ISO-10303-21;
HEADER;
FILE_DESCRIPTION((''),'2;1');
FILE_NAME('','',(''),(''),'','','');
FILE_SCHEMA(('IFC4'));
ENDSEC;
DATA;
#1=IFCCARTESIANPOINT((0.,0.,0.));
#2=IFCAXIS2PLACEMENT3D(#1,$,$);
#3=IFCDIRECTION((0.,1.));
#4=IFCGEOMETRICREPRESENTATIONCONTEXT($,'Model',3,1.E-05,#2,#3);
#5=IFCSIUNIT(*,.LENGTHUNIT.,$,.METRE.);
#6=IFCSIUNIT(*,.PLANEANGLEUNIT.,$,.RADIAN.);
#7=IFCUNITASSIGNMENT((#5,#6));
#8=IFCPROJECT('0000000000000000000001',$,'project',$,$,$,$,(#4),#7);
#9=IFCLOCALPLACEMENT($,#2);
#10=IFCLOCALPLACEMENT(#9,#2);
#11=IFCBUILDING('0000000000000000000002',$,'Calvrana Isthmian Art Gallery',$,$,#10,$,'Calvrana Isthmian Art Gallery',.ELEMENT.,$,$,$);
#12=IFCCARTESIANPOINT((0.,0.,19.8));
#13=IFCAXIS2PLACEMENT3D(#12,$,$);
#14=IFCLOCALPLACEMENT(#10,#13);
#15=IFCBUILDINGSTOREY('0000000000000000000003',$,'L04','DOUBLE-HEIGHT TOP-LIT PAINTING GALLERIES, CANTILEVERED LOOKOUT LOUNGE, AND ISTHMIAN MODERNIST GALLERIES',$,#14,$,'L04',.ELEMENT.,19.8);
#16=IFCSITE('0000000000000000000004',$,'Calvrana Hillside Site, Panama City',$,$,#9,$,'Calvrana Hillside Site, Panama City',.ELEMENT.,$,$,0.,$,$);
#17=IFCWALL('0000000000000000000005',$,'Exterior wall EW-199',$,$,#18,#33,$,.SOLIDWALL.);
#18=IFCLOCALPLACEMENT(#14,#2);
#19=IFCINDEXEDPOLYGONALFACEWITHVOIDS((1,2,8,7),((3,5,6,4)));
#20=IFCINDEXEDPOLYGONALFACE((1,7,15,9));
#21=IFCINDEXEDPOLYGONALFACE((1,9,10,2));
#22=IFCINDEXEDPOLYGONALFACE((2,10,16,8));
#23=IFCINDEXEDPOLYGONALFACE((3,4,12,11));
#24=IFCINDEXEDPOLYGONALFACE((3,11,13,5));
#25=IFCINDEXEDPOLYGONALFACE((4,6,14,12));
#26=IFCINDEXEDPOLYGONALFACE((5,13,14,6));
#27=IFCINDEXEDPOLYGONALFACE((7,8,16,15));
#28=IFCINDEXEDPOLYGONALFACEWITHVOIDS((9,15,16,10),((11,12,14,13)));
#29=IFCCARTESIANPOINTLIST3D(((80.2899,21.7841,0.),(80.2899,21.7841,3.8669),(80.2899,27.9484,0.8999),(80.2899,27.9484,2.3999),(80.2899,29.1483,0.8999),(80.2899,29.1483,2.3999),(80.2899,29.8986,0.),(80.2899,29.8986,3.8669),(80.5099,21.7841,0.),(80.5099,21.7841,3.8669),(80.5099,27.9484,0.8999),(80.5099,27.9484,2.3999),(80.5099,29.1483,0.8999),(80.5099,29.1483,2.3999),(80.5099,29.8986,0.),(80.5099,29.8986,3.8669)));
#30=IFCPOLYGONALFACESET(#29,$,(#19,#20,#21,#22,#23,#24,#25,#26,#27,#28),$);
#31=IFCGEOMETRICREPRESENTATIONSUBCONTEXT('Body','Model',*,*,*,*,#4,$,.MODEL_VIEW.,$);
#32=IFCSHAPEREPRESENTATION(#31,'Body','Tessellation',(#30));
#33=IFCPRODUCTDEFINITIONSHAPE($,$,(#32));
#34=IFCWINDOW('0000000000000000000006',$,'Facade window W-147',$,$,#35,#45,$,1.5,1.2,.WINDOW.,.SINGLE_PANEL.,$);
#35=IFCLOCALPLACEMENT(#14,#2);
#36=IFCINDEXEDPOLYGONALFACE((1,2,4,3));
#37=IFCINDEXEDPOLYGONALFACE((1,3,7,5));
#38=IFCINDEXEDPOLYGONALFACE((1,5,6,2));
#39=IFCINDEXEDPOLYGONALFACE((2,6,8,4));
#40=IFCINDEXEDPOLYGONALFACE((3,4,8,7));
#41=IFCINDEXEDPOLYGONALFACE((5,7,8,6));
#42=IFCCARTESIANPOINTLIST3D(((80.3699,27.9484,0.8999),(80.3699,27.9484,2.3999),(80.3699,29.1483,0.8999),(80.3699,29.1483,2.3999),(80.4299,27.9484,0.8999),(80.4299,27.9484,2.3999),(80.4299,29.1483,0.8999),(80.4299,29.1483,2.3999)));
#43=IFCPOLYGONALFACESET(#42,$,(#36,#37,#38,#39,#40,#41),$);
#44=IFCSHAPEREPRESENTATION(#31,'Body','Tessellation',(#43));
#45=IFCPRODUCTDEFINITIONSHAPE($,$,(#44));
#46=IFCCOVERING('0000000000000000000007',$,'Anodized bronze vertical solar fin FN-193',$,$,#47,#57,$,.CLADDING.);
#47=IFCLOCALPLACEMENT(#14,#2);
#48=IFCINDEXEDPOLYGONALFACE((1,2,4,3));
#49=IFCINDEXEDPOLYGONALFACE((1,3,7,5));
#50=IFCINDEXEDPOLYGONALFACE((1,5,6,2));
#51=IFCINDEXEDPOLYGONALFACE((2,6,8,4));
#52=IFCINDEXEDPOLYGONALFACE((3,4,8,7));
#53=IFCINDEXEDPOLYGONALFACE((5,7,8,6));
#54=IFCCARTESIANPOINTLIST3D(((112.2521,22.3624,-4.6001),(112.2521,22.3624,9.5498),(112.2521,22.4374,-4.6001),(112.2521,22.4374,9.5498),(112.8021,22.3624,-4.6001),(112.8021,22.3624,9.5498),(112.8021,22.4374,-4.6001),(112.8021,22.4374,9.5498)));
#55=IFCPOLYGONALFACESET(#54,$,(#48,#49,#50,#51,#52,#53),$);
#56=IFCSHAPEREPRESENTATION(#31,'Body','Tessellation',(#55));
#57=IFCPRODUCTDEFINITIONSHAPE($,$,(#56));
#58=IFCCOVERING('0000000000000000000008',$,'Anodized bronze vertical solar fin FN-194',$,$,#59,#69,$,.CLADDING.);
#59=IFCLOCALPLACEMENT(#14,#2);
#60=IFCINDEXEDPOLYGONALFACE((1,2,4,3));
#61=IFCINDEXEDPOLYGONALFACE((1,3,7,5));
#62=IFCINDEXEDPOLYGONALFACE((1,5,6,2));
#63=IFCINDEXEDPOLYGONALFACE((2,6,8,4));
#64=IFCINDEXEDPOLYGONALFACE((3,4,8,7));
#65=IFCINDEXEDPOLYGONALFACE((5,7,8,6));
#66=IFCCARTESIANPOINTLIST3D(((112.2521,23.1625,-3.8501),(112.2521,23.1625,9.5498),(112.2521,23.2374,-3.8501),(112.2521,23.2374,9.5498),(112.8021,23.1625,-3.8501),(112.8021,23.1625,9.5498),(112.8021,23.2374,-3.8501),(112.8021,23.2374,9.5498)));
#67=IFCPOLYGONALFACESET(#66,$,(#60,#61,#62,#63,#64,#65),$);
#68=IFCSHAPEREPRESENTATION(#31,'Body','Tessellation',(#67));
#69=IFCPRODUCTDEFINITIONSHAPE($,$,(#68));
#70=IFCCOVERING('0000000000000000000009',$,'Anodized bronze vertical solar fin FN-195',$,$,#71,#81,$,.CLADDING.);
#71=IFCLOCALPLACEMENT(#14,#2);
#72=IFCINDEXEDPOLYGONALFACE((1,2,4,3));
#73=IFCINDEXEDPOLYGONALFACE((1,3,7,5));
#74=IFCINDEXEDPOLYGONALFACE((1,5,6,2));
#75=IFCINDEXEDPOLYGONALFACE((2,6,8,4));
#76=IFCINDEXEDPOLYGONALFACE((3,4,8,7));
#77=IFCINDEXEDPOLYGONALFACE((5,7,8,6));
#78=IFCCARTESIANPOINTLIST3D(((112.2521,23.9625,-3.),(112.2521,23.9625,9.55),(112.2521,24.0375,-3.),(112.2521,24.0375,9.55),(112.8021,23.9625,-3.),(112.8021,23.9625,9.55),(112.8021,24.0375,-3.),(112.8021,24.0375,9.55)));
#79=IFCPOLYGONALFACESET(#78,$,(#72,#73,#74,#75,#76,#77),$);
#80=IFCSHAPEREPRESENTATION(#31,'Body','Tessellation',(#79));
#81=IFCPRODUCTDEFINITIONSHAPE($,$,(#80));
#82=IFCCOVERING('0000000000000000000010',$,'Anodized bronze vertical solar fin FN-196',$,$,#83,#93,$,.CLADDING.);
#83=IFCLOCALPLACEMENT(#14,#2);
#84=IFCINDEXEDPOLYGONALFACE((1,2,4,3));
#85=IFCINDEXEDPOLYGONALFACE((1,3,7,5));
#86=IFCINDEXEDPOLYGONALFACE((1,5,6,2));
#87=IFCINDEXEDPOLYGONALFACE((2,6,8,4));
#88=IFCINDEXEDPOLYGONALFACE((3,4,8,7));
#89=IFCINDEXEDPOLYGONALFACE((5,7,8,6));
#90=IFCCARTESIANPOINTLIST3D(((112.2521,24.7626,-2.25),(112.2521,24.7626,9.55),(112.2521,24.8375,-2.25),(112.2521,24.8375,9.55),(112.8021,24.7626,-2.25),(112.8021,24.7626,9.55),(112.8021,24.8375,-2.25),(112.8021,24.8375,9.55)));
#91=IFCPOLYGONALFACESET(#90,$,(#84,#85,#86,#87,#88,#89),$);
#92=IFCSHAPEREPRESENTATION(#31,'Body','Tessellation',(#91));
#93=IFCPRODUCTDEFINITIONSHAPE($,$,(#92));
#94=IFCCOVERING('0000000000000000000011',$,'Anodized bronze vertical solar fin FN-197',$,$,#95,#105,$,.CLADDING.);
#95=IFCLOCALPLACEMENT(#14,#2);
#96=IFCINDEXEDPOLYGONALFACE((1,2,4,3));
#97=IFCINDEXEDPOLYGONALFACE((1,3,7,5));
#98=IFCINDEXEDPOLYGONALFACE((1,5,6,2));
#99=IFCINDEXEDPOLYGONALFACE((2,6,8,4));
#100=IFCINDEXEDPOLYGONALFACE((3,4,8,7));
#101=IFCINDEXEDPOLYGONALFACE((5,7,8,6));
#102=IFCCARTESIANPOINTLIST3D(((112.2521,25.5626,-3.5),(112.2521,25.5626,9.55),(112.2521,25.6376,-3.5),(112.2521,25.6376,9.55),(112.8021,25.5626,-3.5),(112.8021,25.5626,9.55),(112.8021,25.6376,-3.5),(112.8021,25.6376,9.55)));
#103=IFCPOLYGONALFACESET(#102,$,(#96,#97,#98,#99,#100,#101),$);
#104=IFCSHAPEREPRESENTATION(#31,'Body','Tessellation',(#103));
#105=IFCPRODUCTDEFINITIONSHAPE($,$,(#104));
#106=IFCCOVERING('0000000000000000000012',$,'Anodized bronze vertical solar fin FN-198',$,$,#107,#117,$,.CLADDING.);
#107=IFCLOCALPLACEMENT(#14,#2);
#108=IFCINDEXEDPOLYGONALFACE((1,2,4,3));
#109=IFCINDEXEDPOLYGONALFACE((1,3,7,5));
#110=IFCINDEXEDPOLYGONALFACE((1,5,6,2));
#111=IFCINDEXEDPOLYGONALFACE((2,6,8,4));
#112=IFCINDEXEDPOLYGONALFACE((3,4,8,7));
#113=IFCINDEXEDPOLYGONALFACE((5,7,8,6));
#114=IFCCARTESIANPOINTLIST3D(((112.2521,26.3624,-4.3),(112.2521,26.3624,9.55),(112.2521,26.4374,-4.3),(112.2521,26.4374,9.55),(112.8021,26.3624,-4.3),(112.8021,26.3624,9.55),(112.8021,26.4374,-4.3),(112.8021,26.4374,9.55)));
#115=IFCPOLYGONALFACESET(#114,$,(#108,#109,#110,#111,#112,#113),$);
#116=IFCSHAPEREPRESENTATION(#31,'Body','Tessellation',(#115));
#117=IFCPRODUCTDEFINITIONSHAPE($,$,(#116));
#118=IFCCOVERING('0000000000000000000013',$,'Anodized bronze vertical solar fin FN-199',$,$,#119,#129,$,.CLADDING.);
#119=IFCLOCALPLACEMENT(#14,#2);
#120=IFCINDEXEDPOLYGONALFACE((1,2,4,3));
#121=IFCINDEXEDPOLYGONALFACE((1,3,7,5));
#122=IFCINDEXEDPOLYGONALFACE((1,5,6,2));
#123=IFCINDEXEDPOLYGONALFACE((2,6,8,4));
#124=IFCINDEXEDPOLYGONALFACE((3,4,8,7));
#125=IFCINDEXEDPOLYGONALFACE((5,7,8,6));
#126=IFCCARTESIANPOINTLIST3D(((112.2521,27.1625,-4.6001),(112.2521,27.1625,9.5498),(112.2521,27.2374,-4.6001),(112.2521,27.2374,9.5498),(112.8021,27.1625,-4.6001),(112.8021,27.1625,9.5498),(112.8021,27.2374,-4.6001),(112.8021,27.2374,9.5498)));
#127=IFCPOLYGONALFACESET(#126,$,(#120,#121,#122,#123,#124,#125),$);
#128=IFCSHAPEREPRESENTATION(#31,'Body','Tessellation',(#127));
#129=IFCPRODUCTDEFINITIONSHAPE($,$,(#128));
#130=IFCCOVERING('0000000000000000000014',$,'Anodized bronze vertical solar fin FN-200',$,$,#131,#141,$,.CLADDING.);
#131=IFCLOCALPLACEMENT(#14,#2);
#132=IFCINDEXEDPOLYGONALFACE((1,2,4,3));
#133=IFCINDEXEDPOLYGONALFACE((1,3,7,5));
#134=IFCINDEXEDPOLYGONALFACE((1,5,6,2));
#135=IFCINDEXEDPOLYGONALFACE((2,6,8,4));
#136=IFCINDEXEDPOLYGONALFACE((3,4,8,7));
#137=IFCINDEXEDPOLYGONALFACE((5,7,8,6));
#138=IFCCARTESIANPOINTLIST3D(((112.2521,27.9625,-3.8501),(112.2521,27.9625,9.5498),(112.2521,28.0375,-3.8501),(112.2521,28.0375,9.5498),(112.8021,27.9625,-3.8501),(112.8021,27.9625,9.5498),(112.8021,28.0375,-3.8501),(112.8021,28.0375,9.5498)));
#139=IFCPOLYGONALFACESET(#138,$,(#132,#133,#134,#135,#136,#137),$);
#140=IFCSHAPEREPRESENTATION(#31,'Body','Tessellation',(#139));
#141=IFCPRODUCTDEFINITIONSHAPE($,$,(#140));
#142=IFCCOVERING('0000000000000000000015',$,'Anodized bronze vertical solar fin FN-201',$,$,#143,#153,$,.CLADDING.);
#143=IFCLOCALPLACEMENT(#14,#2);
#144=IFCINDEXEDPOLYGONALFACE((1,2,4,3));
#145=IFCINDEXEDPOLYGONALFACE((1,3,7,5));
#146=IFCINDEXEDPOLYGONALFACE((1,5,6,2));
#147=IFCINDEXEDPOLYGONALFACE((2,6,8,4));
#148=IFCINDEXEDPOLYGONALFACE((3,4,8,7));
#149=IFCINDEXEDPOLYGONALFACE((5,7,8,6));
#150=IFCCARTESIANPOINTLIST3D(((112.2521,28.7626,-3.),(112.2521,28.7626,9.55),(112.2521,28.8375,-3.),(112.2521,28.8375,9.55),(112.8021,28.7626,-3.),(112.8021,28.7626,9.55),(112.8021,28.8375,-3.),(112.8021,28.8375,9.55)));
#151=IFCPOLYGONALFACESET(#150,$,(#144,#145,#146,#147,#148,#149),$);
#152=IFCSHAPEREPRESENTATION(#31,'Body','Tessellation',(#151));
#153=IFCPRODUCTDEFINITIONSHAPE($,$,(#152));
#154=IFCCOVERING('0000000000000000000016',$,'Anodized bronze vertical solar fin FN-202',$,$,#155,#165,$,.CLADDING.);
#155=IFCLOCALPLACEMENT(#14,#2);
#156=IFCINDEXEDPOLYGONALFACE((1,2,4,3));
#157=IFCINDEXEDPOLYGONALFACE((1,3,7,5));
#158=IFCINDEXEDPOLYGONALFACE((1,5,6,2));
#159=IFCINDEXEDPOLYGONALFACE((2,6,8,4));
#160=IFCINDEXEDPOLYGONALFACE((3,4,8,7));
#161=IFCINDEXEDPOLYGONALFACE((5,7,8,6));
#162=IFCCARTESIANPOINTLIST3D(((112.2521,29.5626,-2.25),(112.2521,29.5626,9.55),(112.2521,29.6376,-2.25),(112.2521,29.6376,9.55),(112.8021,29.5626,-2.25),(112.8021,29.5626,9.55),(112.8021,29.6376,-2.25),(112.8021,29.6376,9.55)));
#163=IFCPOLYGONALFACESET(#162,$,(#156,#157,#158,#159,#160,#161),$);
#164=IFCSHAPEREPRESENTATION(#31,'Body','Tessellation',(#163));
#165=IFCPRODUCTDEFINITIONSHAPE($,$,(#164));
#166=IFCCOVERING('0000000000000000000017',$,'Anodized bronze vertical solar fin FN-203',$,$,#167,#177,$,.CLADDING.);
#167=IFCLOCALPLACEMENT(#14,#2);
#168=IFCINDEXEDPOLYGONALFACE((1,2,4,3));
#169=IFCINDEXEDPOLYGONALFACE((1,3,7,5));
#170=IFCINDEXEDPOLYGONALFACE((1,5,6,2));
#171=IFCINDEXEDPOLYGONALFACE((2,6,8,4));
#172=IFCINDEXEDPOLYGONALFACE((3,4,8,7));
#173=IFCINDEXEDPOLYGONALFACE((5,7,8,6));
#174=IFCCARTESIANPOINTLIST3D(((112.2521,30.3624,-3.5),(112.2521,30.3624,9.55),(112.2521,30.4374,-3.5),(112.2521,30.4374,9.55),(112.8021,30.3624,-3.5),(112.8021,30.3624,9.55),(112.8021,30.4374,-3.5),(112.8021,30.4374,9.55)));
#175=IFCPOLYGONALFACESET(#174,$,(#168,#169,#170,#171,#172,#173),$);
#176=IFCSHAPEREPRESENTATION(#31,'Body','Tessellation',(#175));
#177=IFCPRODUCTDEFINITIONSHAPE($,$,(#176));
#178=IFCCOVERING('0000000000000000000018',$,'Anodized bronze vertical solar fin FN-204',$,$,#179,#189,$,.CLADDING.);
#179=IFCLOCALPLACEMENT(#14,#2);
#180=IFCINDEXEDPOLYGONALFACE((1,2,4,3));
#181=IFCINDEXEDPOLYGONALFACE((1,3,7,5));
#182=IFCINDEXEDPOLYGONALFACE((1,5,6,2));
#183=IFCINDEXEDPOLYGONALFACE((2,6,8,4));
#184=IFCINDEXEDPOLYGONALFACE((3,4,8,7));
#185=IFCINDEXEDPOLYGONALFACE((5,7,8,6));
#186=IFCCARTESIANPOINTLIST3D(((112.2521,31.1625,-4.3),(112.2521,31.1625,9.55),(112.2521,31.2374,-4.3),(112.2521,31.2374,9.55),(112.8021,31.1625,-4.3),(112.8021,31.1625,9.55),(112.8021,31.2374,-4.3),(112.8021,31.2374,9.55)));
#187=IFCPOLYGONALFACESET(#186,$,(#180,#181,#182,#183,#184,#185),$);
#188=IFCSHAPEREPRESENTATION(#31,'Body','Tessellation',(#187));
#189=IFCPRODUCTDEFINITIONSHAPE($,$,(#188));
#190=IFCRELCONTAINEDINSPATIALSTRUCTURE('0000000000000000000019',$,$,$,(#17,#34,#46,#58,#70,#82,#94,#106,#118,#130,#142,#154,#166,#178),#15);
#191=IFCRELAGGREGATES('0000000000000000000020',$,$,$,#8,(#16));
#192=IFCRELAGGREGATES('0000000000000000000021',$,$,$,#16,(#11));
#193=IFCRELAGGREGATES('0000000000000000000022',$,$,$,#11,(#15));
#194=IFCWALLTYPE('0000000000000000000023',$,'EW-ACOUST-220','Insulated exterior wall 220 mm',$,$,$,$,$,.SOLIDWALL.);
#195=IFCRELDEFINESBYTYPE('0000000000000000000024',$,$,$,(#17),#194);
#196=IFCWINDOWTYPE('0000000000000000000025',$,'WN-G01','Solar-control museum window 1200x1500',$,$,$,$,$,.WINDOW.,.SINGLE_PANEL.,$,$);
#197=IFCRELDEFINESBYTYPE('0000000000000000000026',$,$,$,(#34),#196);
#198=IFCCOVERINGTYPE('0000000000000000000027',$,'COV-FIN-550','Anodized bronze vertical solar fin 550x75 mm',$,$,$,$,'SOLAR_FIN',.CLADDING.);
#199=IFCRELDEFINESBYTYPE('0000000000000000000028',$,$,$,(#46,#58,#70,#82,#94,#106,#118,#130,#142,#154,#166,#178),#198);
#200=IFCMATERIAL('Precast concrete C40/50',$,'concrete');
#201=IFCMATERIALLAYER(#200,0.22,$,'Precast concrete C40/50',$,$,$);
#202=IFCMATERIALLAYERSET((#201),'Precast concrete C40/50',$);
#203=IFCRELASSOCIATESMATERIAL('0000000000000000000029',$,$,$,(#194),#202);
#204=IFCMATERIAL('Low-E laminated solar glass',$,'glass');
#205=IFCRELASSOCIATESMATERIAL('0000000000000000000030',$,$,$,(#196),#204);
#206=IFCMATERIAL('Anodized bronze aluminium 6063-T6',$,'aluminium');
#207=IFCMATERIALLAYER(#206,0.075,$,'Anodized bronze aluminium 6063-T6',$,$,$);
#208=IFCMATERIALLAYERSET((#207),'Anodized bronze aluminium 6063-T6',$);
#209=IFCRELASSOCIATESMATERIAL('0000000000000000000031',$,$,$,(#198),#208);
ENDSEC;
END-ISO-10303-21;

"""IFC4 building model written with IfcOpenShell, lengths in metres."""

from ifc_helpers import new_model, si_unit, direction, frame, frame_2d, origin, origin_2d, place, context, subcontext, project, spatial, rectangle, extrude, material, layer, layer_set, type_object, element, fill, save


model = new_model("IFC4")

# Units and contexts
model_context = context("Model", 3, precision=1e-05, world=origin(), true_north=direction((0.0, 1.0)))
body_context = subcontext(model_context, "Body", "Model", "MODEL_VIEW")
ifc_project = project(units=[si_unit("LENGTHUNIT", "METRE"), si_unit("PLANEANGLEUNIT", "RADIAN")], contexts=[model_context])

# Site, building, storey
site_placement = place(None, origin())
site = spatial("IfcSite", under=ifc_project, at=site_placement, Name="Calvrana Hillside Site, Panama City", LongName="Calvrana Hillside Site, Panama City", CompositionType="ELEMENT", RefElevation=0.0)
building_placement = place(site_placement, origin())
building = spatial("IfcBuilding", under=site, at=building_placement, Name="Calvrana Isthmian Art Gallery", LongName="Calvrana Isthmian Art Gallery", CompositionType="ELEMENT")
storey_placement = place(building_placement, frame((0.0, 0.0, 19.8)))
storey = spatial("IfcBuildingStorey", under=building, at=storey_placement, Name="L04", Description="DOUBLE-HEIGHT TOP-LIT PAINTING GALLERIES, CANTILEVERED LOOKOUT LOUNGE, AND ISTHMIAN MODERNIST GALLERIES", LongName="L04", CompositionType="ELEMENT", Elevation=19.8)

# Wall, opening, window
ifc_material_1 = material(Name="Precast concrete C40/50", Category="concrete")
ifc_layer_1 = layer(ifc_material_1, 0.22, Name="Precast concrete C40/50")
ifc_layer_set_1 = layer_set([ifc_layer_1], Name="Precast concrete C40/50")
wall_type = type_object("IfcWallType", Name="EW-ACOUST-220", Description="Insulated exterior wall 220 mm", PredefinedType="SOLIDWALL", material=ifc_layer_set_1)
wall_placement = place(storey_placement, frame((80.3999, 29.8984, 0.0), z_axis=(0.0, 0.0, 1.0), x_axis=(0.0, -1.0, 0.0)))
wall = element("IfcWall", 1, at=wall_placement, inside=storey, type_object=wall_type, Name="Exterior wall EW-199", PredefinedType="SOLIDWALL", context=body_context, shape_type="SweptSolid", body=[
    extrude(rectangle(XDim=8.1145, YDim=0.22, at=frame_2d((4.0571, 0.0))), origin(), (0.0, 0.0, 1.0), 3.8669),
])
opening_placement = place(wall_placement, frame((0.75, 0.0, 0.8999)))
opening = element("IfcOpeningElement", 2, at=opening_placement, cuts=wall, PredefinedType="OPENING", context=body_context, shape_type="SweptSolid", body=[
    extrude(rectangle(XDim=1.2, YDim=1.5, at=frame_2d((0.6001, 0.75))), frame((0.0, 0.1201, 0.0), z_axis=(0.0, -1.0, 0.0), x_axis=(1.0, 0.0, 0.0)), (0.0, 0.0, 1.0), 0.2405),
])
ifc_material_2 = material(Name="Low-E laminated solar glass", Category="glass")
window_type = type_object("IfcWindowType", Name="WN-G01", Description="Solar-control museum window 1200x1500", PartitioningType="SINGLE_PANEL", PredefinedType="WINDOW", material=ifc_material_2)
window_placement = place(opening_placement, origin())
window = element("IfcWindow", 3, at=window_placement, inside=storey, type_object=window_type, Name="Facade window W-147", OverallHeight=1.5, OverallWidth=1.2, PartitioningType="SINGLE_PANEL", PredefinedType="WINDOW", context=body_context, shape_type="SweptSolid", body=[
    extrude(rectangle(XDim=1.2, YDim=1.5, at=frame_2d((0.6001, 0.75))), frame((0.0, 0.03, 0.0), z_axis=(0.0, -1.0, 0.0), x_axis=(1.0, 0.0, 0.0)), (0.0, 0.0, 1.0), 0.0601),
])
fill(opening, window)

# Coverings
ifc_material_3 = material(Name="Anodized bronze aluminium 6063-T6", Category="aluminium")
ifc_layer_2 = layer(ifc_material_3, 0.075, Name="Anodized bronze aluminium 6063-T6")
ifc_layer_set_2 = layer_set([ifc_layer_2], Name="Anodized bronze aluminium 6063-T6")
covering_type = type_object("IfcCoveringType", Name="COV-FIN-550", Description="Anodized bronze vertical solar fin 550x75 mm", ElementType="SOLAR_FIN", PredefinedType="CLADDING", material=ifc_layer_set_2)
covering_1_placement = place(storey_placement, frame((112.5271, 22.3999, -4.6001), z_axis=(0.0, 0.0, 1.0), x_axis=(1.0, 0.0, 0.0)))
element("IfcCovering", 4, at=covering_1_placement, inside=storey, type_object=covering_type, Name="Anodized bronze vertical solar fin FN-193", PredefinedType="CLADDING", context=body_context, shape_type="SweptSolid", body=[
    extrude(rectangle(XDim=0.55, YDim=0.075, at=origin_2d()), origin(), (0.0, 0.0, 1.0), 14.1499),
])
covering_2_placement = place(storey_placement, frame((112.5271, 23.2, -3.8501), z_axis=(0.0, 0.0, 1.0), x_axis=(1.0, 0.0, 0.0)))
element("IfcCovering", 5, at=covering_2_placement, inside=storey, type_object=covering_type, Name="Anodized bronze vertical solar fin FN-194", PredefinedType="CLADDING", context=body_context, shape_type="SweptSolid", body=[
    extrude(rectangle(XDim=0.55, YDim=0.075, at=origin_2d()), origin(), (0.0, 0.0, 1.0), 13.3999),
])
covering_3_placement = place(storey_placement, frame((112.5271, 24.0, -3.0), z_axis=(0.0, 0.0, 1.0), x_axis=(1.0, 0.0, 0.0)))
element("IfcCovering", 6, at=covering_3_placement, inside=storey, type_object=covering_type, Name="Anodized bronze vertical solar fin FN-195", PredefinedType="CLADDING", context=body_context, shape_type="SweptSolid", body=[
    extrude(rectangle(XDim=0.55, YDim=0.075, at=origin_2d()), origin(), (0.0, 0.0, 1.0), 12.55),
])
covering_4_placement = place(storey_placement, frame((112.5271, 24.8, -2.25), z_axis=(0.0, 0.0, 1.0), x_axis=(1.0, 0.0, 0.0)))
element("IfcCovering", 7, at=covering_4_placement, inside=storey, type_object=covering_type, Name="Anodized bronze vertical solar fin FN-196", PredefinedType="CLADDING", context=body_context, shape_type="SweptSolid", body=[
    extrude(rectangle(XDim=0.55, YDim=0.075, at=origin_2d()), origin(), (0.0, 0.0, 1.0), 11.8),
])
covering_5_placement = place(storey_placement, frame((112.5271, 25.6001, -3.5), z_axis=(0.0, 0.0, 1.0), x_axis=(1.0, 0.0, 0.0)))
element("IfcCovering", 8, at=covering_5_placement, inside=storey, type_object=covering_type, Name="Anodized bronze vertical solar fin FN-197", PredefinedType="CLADDING", context=body_context, shape_type="SweptSolid", body=[
    extrude(rectangle(XDim=0.55, YDim=0.075, at=origin_2d()), origin(), (0.0, 0.0, 1.0), 13.05),
])
covering_6_placement = place(storey_placement, frame((112.5271, 26.3999, -4.3), z_axis=(0.0, 0.0, 1.0), x_axis=(1.0, 0.0, 0.0)))
element("IfcCovering", 9, at=covering_6_placement, inside=storey, type_object=covering_type, Name="Anodized bronze vertical solar fin FN-198", PredefinedType="CLADDING", context=body_context, shape_type="SweptSolid", body=[
    extrude(rectangle(XDim=0.55, YDim=0.075, at=origin_2d()), origin(), (0.0, 0.0, 1.0), 13.8501),
])
covering_7_placement = place(storey_placement, frame((112.5271, 27.2, -4.6001), z_axis=(0.0, 0.0, 1.0), x_axis=(1.0, 0.0, 0.0)))
element("IfcCovering", 10, at=covering_7_placement, inside=storey, type_object=covering_type, Name="Anodized bronze vertical solar fin FN-199", PredefinedType="CLADDING", context=body_context, shape_type="SweptSolid", body=[
    extrude(rectangle(XDim=0.55, YDim=0.075, at=origin_2d()), origin(), (0.0, 0.0, 1.0), 14.1499),
])
covering_8_placement = place(storey_placement, frame((112.5271, 28.0, -3.8501), z_axis=(0.0, 0.0, 1.0), x_axis=(1.0, 0.0, 0.0)))
element("IfcCovering", 11, at=covering_8_placement, inside=storey, type_object=covering_type, Name="Anodized bronze vertical solar fin FN-200", PredefinedType="CLADDING", context=body_context, shape_type="SweptSolid", body=[
    extrude(rectangle(XDim=0.55, YDim=0.075, at=origin_2d()), origin(), (0.0, 0.0, 1.0), 13.3999),
])
covering_9_placement = place(storey_placement, frame((112.5271, 28.8, -3.0), z_axis=(0.0, 0.0, 1.0), x_axis=(1.0, 0.0, 0.0)))
element("IfcCovering", 12, at=covering_9_placement, inside=storey, type_object=covering_type, Name="Anodized bronze vertical solar fin FN-201", PredefinedType="CLADDING", context=body_context, shape_type="SweptSolid", body=[
    extrude(rectangle(XDim=0.55, YDim=0.075, at=origin_2d()), origin(), (0.0, 0.0, 1.0), 12.55),
])
covering_10_placement = place(storey_placement, frame((112.5271, 29.6001, -2.25), z_axis=(0.0, 0.0, 1.0), x_axis=(1.0, 0.0, 0.0)))
element("IfcCovering", 13, at=covering_10_placement, inside=storey, type_object=covering_type, Name="Anodized bronze vertical solar fin FN-202", PredefinedType="CLADDING", context=body_context, shape_type="SweptSolid", body=[
    extrude(rectangle(XDim=0.55, YDim=0.075, at=origin_2d()), origin(), (0.0, 0.0, 1.0), 11.8),
])
covering_11_placement = place(storey_placement, frame((112.5271, 30.3999, -3.5), z_axis=(0.0, 0.0, 1.0), x_axis=(1.0, 0.0, 0.0)))
element("IfcCovering", 14, at=covering_11_placement, inside=storey, type_object=covering_type, Name="Anodized bronze vertical solar fin FN-203", PredefinedType="CLADDING", context=body_context, shape_type="SweptSolid", body=[
    extrude(rectangle(XDim=0.55, YDim=0.075, at=origin_2d()), origin(), (0.0, 0.0, 1.0), 13.05),
])
covering_12_placement = place(storey_placement, frame((112.5271, 31.2, -4.3), z_axis=(0.0, 0.0, 1.0), x_axis=(1.0, 0.0, 0.0)))
element("IfcCovering", 15, at=covering_12_placement, inside=storey, type_object=covering_type, Name="Anodized bronze vertical solar fin FN-204", PredefinedType="CLADDING", context=body_context, shape_type="SweptSolid", body=[
    extrude(rectangle(XDim=0.55, YDim=0.075, at=origin_2d()), origin(), (0.0, 0.0, 1.0), 13.8501),
])

save(model, "model.ifc")
